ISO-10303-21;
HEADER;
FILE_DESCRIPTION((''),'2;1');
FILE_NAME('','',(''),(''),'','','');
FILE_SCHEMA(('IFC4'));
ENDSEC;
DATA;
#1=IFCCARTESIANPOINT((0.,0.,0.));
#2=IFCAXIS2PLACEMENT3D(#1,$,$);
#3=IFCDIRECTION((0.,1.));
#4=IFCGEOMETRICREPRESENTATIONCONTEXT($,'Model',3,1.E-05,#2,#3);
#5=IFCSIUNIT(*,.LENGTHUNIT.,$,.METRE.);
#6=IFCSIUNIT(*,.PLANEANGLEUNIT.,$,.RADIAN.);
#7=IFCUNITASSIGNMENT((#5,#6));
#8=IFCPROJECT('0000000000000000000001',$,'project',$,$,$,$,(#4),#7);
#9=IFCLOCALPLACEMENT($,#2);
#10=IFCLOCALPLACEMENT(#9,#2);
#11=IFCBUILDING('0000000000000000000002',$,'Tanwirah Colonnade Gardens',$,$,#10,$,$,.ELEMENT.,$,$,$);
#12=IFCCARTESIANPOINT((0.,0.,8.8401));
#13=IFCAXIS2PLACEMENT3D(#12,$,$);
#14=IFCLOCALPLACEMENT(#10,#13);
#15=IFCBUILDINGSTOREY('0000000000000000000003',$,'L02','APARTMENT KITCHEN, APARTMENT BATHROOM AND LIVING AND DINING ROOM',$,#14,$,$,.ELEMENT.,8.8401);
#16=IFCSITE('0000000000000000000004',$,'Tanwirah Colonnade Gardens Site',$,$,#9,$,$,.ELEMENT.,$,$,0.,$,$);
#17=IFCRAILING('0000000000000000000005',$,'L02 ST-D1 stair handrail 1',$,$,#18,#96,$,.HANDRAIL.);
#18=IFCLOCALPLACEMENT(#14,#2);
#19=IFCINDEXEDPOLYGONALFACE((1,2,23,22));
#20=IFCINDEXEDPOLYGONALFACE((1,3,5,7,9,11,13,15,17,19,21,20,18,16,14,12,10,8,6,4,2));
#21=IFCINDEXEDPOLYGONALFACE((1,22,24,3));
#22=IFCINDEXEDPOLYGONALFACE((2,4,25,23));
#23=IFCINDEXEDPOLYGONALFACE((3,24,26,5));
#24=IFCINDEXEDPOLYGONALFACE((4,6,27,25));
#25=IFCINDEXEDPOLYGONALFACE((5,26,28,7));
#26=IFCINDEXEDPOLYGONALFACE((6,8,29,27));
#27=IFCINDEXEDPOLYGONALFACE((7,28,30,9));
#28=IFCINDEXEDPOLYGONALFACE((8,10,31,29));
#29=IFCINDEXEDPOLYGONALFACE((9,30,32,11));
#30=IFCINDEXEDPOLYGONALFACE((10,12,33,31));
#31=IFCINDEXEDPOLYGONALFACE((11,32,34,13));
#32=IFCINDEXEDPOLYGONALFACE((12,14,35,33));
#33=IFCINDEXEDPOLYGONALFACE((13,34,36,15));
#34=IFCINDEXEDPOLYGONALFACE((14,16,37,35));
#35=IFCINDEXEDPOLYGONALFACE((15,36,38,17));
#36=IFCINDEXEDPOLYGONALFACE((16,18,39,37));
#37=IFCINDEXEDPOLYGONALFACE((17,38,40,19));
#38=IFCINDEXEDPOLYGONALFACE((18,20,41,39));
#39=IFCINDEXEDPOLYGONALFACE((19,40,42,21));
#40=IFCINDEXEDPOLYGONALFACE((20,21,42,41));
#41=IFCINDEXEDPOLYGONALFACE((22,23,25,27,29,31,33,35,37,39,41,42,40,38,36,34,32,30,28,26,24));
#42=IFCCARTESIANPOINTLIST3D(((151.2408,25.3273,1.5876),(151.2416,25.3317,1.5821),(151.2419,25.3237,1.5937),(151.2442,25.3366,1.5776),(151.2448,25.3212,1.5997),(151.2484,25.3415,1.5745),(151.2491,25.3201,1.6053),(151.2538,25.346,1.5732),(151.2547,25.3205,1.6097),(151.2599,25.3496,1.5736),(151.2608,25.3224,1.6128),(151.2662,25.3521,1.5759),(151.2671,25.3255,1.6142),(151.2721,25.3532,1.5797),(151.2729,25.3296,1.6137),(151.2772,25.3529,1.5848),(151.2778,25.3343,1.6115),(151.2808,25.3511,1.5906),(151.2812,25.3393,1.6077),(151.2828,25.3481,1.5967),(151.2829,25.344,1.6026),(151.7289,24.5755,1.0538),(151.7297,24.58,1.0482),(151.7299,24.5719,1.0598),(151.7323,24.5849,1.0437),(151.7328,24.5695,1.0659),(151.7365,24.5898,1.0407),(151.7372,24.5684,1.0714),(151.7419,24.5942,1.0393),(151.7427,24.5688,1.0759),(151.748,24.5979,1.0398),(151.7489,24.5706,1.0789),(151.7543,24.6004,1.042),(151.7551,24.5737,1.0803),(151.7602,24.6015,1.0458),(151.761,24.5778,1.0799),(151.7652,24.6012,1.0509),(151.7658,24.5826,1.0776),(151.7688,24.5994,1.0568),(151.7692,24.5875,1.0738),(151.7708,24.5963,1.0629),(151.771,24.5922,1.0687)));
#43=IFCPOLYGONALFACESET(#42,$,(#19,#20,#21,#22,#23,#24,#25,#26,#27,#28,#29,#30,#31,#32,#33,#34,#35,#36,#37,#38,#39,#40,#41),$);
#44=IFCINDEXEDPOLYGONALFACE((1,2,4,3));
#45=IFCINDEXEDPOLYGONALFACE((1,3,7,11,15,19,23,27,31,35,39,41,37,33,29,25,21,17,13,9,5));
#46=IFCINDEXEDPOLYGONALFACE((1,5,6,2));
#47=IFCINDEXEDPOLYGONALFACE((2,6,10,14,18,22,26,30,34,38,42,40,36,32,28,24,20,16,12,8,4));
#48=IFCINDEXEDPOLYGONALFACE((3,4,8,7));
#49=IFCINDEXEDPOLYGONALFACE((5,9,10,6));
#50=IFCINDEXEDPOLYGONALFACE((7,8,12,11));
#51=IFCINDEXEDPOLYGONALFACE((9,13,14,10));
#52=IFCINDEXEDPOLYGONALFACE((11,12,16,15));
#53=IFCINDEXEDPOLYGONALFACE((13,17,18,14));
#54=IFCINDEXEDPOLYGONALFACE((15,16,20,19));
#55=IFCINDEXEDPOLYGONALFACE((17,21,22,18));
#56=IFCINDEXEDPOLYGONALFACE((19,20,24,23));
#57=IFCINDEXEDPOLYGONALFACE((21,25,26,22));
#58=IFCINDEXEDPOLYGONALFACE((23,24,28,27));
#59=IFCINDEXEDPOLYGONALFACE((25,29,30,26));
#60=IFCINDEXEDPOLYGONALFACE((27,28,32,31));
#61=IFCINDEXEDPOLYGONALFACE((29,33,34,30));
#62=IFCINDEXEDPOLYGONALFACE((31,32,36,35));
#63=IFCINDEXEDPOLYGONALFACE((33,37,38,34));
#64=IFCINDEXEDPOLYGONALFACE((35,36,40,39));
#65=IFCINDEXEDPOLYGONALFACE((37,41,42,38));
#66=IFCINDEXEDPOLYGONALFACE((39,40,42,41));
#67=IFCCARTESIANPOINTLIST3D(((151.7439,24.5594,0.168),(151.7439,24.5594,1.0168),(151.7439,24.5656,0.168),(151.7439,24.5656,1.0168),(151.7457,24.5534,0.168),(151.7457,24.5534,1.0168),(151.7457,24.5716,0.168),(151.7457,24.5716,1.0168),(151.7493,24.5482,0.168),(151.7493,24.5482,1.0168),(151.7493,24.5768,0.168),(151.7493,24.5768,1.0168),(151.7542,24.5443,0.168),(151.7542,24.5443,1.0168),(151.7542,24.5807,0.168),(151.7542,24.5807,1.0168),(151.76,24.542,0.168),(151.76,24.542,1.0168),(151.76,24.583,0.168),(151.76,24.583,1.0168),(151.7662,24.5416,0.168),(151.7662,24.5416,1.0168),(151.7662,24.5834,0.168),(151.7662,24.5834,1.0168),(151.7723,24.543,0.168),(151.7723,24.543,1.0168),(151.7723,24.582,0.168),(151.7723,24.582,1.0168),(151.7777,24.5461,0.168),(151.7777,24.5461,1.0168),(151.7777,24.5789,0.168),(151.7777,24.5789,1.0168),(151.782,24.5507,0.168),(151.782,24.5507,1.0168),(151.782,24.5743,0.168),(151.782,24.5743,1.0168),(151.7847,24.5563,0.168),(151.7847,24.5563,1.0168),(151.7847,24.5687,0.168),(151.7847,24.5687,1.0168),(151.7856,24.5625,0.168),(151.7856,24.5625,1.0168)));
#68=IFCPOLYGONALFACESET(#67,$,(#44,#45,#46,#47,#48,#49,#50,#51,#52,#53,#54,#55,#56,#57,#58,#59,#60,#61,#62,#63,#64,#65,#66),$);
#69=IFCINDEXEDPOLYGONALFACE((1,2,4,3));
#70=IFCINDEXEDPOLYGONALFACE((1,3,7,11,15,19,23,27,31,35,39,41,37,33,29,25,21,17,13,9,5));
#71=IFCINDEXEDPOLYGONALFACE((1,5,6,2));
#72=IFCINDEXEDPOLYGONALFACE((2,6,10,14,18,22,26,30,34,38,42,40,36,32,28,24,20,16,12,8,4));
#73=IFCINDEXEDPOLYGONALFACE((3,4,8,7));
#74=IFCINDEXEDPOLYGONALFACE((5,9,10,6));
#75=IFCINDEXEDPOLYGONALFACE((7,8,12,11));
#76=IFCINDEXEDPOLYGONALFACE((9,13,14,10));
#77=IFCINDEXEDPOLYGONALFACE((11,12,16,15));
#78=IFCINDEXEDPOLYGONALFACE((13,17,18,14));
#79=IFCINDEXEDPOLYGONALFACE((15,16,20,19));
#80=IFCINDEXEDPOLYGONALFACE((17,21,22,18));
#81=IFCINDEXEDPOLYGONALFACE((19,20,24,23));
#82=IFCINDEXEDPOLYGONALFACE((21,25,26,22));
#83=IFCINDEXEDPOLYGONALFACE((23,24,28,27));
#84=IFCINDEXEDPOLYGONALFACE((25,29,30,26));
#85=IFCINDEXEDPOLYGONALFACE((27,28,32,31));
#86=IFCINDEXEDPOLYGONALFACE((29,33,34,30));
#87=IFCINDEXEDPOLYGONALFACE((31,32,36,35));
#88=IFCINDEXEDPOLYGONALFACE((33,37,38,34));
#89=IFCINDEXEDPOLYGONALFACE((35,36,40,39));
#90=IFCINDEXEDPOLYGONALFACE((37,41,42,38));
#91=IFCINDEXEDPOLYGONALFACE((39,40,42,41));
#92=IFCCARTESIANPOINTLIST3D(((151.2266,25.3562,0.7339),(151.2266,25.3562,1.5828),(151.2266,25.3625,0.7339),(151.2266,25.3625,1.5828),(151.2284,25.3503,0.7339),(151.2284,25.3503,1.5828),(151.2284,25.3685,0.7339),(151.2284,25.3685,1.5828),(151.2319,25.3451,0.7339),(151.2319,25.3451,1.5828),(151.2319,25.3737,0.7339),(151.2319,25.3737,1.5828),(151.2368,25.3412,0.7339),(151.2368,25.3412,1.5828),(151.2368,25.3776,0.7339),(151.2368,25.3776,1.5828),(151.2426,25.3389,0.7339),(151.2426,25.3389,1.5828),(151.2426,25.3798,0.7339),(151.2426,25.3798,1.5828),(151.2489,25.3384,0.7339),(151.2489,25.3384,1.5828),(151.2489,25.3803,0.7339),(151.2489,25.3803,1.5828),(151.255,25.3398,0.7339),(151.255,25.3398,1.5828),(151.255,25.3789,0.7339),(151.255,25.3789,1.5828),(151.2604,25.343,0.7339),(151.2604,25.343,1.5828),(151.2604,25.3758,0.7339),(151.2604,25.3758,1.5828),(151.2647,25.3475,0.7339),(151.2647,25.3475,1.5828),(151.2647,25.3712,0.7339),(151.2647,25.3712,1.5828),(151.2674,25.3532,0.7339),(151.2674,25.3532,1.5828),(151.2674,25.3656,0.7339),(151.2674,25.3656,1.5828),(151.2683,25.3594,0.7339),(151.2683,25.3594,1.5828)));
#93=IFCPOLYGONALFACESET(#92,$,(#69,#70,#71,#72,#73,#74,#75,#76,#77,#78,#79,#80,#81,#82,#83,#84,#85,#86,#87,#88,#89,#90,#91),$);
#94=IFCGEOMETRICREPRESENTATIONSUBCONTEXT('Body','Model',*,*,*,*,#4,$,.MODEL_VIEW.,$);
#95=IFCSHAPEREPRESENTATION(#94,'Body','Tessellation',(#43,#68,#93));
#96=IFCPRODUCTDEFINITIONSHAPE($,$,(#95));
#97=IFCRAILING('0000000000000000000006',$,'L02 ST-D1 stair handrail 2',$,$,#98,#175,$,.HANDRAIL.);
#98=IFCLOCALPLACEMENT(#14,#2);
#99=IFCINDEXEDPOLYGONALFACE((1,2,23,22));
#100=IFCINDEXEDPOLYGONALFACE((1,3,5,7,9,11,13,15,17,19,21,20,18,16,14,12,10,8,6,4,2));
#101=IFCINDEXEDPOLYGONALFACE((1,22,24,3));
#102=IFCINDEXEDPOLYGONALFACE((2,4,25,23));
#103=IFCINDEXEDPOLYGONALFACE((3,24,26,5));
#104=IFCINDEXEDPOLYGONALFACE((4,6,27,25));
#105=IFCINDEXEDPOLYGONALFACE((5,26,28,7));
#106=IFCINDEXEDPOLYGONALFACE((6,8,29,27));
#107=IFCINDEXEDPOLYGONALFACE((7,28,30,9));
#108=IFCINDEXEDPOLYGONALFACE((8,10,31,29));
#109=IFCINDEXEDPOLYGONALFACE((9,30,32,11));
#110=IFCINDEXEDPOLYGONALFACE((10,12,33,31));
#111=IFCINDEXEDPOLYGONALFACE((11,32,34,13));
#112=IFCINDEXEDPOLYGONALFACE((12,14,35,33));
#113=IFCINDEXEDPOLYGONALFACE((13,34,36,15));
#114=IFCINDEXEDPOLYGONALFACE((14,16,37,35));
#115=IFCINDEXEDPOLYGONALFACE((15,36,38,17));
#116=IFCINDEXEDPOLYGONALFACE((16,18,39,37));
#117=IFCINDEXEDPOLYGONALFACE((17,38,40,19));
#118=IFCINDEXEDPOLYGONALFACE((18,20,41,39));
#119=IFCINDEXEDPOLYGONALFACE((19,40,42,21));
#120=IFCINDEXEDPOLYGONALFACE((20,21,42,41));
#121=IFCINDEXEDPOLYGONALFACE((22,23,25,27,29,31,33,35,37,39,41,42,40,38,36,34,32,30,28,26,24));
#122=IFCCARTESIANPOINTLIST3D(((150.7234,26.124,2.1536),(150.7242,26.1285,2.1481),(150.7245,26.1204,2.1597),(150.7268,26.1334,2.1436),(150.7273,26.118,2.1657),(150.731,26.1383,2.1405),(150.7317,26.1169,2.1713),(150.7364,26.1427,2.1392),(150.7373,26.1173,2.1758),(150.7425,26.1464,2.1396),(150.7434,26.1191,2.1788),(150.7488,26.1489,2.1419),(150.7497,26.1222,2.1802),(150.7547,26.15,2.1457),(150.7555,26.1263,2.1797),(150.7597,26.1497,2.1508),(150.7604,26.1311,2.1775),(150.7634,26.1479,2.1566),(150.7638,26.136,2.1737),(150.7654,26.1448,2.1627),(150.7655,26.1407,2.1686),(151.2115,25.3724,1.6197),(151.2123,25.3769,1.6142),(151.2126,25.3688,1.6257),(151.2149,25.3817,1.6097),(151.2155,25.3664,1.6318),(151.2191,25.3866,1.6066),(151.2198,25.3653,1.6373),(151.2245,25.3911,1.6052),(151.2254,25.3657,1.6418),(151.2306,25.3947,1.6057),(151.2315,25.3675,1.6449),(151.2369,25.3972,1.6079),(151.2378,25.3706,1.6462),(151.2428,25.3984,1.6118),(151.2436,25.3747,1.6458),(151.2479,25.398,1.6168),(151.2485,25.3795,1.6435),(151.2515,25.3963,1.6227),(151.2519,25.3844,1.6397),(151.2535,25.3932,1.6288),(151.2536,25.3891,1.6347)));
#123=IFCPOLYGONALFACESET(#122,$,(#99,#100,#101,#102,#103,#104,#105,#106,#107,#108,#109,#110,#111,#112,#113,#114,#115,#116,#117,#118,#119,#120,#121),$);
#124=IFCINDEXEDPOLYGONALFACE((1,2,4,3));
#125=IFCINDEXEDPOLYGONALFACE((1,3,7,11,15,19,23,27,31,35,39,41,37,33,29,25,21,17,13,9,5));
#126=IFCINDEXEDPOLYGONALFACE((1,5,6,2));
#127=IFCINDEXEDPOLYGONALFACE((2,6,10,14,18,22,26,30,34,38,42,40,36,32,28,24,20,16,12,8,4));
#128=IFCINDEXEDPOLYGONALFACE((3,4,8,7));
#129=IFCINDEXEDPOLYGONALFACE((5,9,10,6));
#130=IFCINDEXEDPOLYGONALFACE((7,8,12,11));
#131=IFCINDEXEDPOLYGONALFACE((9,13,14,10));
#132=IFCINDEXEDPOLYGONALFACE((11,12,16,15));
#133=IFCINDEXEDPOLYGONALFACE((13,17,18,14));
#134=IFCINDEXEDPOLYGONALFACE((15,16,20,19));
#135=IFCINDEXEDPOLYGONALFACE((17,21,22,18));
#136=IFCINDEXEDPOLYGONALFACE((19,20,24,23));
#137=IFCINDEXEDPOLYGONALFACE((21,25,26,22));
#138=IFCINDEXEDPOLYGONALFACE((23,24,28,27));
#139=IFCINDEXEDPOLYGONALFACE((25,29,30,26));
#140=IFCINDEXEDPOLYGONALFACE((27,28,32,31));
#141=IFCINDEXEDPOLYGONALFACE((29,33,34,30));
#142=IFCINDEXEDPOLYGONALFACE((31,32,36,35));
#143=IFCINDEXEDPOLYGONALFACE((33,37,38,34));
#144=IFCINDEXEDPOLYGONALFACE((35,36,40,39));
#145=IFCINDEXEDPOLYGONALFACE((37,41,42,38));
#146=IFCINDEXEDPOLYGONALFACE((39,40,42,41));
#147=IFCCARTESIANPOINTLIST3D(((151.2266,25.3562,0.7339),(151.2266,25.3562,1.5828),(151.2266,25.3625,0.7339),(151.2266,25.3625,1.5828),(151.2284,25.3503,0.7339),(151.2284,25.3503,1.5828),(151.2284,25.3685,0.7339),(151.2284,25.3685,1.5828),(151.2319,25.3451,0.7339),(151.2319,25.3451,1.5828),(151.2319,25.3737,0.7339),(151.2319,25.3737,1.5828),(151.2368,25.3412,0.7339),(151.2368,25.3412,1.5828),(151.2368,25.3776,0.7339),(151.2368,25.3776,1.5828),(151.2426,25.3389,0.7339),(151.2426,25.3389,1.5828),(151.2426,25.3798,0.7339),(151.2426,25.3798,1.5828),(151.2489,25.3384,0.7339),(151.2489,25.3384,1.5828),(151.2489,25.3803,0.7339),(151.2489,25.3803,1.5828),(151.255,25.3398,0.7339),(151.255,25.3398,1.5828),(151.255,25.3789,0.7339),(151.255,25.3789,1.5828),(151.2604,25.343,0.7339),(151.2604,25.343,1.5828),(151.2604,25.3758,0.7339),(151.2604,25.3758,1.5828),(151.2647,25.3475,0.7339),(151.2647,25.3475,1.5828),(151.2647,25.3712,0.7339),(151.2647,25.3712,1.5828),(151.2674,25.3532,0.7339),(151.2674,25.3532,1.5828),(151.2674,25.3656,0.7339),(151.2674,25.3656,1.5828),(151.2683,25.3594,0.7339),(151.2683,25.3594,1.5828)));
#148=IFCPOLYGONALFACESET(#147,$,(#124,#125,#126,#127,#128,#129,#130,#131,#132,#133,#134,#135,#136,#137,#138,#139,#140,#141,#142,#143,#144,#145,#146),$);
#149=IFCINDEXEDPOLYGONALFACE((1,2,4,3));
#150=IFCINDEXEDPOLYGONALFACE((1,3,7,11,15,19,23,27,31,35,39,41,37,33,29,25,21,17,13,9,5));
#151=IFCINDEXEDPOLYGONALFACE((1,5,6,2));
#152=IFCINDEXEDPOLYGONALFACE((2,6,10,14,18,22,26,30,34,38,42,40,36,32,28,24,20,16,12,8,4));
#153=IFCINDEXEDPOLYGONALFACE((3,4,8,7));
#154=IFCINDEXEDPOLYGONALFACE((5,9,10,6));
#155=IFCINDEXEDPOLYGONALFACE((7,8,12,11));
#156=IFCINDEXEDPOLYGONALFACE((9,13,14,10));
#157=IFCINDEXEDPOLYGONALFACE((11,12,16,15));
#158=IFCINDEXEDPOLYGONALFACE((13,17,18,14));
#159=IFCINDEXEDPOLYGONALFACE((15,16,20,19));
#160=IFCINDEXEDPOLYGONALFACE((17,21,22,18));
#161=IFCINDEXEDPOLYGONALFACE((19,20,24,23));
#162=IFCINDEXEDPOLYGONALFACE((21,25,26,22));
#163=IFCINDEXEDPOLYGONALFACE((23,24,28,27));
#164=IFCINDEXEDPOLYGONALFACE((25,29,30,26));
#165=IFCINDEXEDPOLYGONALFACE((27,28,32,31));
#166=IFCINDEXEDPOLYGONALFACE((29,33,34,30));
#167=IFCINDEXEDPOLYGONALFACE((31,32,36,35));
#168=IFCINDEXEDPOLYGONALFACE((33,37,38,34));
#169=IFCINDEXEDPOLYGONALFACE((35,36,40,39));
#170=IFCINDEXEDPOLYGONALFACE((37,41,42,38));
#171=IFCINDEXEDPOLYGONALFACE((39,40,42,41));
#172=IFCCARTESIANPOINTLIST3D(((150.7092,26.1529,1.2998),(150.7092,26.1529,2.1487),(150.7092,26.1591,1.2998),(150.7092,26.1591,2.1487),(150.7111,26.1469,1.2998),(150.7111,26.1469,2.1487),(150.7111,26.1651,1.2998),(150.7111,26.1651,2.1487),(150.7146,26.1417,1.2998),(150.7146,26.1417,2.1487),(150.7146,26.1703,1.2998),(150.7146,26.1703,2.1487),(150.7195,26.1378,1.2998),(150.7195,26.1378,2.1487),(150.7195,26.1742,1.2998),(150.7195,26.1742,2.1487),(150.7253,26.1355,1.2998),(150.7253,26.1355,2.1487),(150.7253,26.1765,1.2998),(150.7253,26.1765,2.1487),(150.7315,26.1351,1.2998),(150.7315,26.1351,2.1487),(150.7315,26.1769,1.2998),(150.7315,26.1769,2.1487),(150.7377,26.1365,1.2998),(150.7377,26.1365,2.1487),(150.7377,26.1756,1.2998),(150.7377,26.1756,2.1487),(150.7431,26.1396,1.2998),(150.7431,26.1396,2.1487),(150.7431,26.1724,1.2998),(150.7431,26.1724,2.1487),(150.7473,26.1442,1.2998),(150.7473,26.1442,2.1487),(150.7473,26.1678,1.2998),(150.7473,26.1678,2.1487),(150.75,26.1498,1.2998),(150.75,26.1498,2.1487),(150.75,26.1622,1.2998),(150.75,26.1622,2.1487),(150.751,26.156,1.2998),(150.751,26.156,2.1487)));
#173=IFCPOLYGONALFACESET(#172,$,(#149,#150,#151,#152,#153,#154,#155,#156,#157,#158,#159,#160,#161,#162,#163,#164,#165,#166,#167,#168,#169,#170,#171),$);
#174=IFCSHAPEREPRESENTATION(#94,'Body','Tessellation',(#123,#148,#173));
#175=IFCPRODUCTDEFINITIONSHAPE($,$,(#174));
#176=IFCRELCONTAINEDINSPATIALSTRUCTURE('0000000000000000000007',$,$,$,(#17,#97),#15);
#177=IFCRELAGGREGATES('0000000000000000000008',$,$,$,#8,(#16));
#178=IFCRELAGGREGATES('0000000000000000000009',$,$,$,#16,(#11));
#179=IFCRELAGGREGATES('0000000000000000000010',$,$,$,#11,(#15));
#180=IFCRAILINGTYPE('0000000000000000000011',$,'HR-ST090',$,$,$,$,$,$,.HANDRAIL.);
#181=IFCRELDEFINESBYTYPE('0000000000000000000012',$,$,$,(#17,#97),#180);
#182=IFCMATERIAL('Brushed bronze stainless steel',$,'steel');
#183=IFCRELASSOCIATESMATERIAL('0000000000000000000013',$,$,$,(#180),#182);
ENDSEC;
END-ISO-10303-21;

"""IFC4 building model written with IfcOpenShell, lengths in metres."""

from ifc_helpers import new_model, si_unit, direction, frame, origin, origin_2d, place, context, subcontext, project, spatial, circle, extrude, material, type_object, element, save


model = new_model("IFC4")

# Units and contexts
model_context = context("Model", 3, precision=1e-05, world=origin(), true_north=direction((0.0, 1.0)))
body_context = subcontext(model_context, "Body", "Model", "MODEL_VIEW")
ifc_project = project(units=[si_unit("LENGTHUNIT", "METRE"), si_unit("PLANEANGLEUNIT", "RADIAN")], contexts=[model_context])

# Site, building, storey
site_placement = place(None, origin())
site = spatial("IfcSite", under=ifc_project, at=site_placement, Name="Tanwirah Colonnade Gardens Site", CompositionType="ELEMENT", RefElevation=0.0)
building_placement = place(site_placement, origin())
building = spatial("IfcBuilding", under=site, at=building_placement, Name="Tanwirah Colonnade Gardens", CompositionType="ELEMENT")
storey_placement = place(building_placement, frame((0.0, 0.0, 8.8401)))
storey = spatial("IfcBuildingStorey", under=building, at=storey_placement, Name="L02", Description="APARTMENT KITCHEN, APARTMENT BATHROOM AND LIVING AND DINING ROOM", CompositionType="ELEMENT", Elevation=8.8401)

# Railings
ifc_material_1 = material(Name="Brushed bronze stainless steel", Category="steel")
railing_type_1 = type_object("IfcRailingType", Name="HR-ST090", PredefinedType="HANDRAIL", material=ifc_material_1)
railing_1_placement = place(storey_placement, frame((151.7646, 24.5625, 0.168)))
element("IfcRailing", 1, at=railing_1_placement, inside=storey, type_object=railing_type_1, Name="L02 ST-D1 stair handrail 1", PredefinedType="HANDRAIL", context=body_context, shape_type="SweptSolid", body=[
    extrude(circle(Radius=0.0239, at=origin_2d()), frame((-0.0146, 0.0225, 0.8918), z_axis=(-0.467815, 0.720599, 0.511749), x_axis=(-0.838749, -0.544519, 0.0)), (0.0, 0.0, 1.0), 1.0432),
    extrude(circle(Radius=0.021, at=origin_2d()), origin(), (0.0, 0.0, 1.0), 0.8489),
    extrude(circle(Radius=0.021, at=origin_2d()), frame((-0.5173, 0.7969, 0.5659)), (0.0, 0.0, 1.0), 0.8489),
])
railing_2_placement = place(storey_placement, frame((151.2473, 25.3594, 0.7339)))
element("IfcRailing", 2, at=railing_2_placement, inside=storey, type_object=railing_type_1, Name="L02 ST-D1 stair handrail 2", PredefinedType="HANDRAIL", context=body_context, shape_type="SweptSolid", body=[
    extrude(circle(Radius=0.0239, at=origin_2d()), frame((-0.0146, 0.0225, 0.8918), z_axis=(-0.46789, 0.720492, 0.51183), x_axis=(-0.838673, -0.544636, 0.0)), (0.0, 0.0, 1.0), 1.0432),
    extrude(circle(Radius=0.021, at=origin_2d()), origin(), (0.0, 0.0, 1.0), 0.8489),
    extrude(circle(Radius=0.021, at=origin_2d()), frame((-0.5173, 0.7966, 0.5659)), (0.0, 0.0, 1.0), 0.8489),
])

save(model, "model.ifc")
